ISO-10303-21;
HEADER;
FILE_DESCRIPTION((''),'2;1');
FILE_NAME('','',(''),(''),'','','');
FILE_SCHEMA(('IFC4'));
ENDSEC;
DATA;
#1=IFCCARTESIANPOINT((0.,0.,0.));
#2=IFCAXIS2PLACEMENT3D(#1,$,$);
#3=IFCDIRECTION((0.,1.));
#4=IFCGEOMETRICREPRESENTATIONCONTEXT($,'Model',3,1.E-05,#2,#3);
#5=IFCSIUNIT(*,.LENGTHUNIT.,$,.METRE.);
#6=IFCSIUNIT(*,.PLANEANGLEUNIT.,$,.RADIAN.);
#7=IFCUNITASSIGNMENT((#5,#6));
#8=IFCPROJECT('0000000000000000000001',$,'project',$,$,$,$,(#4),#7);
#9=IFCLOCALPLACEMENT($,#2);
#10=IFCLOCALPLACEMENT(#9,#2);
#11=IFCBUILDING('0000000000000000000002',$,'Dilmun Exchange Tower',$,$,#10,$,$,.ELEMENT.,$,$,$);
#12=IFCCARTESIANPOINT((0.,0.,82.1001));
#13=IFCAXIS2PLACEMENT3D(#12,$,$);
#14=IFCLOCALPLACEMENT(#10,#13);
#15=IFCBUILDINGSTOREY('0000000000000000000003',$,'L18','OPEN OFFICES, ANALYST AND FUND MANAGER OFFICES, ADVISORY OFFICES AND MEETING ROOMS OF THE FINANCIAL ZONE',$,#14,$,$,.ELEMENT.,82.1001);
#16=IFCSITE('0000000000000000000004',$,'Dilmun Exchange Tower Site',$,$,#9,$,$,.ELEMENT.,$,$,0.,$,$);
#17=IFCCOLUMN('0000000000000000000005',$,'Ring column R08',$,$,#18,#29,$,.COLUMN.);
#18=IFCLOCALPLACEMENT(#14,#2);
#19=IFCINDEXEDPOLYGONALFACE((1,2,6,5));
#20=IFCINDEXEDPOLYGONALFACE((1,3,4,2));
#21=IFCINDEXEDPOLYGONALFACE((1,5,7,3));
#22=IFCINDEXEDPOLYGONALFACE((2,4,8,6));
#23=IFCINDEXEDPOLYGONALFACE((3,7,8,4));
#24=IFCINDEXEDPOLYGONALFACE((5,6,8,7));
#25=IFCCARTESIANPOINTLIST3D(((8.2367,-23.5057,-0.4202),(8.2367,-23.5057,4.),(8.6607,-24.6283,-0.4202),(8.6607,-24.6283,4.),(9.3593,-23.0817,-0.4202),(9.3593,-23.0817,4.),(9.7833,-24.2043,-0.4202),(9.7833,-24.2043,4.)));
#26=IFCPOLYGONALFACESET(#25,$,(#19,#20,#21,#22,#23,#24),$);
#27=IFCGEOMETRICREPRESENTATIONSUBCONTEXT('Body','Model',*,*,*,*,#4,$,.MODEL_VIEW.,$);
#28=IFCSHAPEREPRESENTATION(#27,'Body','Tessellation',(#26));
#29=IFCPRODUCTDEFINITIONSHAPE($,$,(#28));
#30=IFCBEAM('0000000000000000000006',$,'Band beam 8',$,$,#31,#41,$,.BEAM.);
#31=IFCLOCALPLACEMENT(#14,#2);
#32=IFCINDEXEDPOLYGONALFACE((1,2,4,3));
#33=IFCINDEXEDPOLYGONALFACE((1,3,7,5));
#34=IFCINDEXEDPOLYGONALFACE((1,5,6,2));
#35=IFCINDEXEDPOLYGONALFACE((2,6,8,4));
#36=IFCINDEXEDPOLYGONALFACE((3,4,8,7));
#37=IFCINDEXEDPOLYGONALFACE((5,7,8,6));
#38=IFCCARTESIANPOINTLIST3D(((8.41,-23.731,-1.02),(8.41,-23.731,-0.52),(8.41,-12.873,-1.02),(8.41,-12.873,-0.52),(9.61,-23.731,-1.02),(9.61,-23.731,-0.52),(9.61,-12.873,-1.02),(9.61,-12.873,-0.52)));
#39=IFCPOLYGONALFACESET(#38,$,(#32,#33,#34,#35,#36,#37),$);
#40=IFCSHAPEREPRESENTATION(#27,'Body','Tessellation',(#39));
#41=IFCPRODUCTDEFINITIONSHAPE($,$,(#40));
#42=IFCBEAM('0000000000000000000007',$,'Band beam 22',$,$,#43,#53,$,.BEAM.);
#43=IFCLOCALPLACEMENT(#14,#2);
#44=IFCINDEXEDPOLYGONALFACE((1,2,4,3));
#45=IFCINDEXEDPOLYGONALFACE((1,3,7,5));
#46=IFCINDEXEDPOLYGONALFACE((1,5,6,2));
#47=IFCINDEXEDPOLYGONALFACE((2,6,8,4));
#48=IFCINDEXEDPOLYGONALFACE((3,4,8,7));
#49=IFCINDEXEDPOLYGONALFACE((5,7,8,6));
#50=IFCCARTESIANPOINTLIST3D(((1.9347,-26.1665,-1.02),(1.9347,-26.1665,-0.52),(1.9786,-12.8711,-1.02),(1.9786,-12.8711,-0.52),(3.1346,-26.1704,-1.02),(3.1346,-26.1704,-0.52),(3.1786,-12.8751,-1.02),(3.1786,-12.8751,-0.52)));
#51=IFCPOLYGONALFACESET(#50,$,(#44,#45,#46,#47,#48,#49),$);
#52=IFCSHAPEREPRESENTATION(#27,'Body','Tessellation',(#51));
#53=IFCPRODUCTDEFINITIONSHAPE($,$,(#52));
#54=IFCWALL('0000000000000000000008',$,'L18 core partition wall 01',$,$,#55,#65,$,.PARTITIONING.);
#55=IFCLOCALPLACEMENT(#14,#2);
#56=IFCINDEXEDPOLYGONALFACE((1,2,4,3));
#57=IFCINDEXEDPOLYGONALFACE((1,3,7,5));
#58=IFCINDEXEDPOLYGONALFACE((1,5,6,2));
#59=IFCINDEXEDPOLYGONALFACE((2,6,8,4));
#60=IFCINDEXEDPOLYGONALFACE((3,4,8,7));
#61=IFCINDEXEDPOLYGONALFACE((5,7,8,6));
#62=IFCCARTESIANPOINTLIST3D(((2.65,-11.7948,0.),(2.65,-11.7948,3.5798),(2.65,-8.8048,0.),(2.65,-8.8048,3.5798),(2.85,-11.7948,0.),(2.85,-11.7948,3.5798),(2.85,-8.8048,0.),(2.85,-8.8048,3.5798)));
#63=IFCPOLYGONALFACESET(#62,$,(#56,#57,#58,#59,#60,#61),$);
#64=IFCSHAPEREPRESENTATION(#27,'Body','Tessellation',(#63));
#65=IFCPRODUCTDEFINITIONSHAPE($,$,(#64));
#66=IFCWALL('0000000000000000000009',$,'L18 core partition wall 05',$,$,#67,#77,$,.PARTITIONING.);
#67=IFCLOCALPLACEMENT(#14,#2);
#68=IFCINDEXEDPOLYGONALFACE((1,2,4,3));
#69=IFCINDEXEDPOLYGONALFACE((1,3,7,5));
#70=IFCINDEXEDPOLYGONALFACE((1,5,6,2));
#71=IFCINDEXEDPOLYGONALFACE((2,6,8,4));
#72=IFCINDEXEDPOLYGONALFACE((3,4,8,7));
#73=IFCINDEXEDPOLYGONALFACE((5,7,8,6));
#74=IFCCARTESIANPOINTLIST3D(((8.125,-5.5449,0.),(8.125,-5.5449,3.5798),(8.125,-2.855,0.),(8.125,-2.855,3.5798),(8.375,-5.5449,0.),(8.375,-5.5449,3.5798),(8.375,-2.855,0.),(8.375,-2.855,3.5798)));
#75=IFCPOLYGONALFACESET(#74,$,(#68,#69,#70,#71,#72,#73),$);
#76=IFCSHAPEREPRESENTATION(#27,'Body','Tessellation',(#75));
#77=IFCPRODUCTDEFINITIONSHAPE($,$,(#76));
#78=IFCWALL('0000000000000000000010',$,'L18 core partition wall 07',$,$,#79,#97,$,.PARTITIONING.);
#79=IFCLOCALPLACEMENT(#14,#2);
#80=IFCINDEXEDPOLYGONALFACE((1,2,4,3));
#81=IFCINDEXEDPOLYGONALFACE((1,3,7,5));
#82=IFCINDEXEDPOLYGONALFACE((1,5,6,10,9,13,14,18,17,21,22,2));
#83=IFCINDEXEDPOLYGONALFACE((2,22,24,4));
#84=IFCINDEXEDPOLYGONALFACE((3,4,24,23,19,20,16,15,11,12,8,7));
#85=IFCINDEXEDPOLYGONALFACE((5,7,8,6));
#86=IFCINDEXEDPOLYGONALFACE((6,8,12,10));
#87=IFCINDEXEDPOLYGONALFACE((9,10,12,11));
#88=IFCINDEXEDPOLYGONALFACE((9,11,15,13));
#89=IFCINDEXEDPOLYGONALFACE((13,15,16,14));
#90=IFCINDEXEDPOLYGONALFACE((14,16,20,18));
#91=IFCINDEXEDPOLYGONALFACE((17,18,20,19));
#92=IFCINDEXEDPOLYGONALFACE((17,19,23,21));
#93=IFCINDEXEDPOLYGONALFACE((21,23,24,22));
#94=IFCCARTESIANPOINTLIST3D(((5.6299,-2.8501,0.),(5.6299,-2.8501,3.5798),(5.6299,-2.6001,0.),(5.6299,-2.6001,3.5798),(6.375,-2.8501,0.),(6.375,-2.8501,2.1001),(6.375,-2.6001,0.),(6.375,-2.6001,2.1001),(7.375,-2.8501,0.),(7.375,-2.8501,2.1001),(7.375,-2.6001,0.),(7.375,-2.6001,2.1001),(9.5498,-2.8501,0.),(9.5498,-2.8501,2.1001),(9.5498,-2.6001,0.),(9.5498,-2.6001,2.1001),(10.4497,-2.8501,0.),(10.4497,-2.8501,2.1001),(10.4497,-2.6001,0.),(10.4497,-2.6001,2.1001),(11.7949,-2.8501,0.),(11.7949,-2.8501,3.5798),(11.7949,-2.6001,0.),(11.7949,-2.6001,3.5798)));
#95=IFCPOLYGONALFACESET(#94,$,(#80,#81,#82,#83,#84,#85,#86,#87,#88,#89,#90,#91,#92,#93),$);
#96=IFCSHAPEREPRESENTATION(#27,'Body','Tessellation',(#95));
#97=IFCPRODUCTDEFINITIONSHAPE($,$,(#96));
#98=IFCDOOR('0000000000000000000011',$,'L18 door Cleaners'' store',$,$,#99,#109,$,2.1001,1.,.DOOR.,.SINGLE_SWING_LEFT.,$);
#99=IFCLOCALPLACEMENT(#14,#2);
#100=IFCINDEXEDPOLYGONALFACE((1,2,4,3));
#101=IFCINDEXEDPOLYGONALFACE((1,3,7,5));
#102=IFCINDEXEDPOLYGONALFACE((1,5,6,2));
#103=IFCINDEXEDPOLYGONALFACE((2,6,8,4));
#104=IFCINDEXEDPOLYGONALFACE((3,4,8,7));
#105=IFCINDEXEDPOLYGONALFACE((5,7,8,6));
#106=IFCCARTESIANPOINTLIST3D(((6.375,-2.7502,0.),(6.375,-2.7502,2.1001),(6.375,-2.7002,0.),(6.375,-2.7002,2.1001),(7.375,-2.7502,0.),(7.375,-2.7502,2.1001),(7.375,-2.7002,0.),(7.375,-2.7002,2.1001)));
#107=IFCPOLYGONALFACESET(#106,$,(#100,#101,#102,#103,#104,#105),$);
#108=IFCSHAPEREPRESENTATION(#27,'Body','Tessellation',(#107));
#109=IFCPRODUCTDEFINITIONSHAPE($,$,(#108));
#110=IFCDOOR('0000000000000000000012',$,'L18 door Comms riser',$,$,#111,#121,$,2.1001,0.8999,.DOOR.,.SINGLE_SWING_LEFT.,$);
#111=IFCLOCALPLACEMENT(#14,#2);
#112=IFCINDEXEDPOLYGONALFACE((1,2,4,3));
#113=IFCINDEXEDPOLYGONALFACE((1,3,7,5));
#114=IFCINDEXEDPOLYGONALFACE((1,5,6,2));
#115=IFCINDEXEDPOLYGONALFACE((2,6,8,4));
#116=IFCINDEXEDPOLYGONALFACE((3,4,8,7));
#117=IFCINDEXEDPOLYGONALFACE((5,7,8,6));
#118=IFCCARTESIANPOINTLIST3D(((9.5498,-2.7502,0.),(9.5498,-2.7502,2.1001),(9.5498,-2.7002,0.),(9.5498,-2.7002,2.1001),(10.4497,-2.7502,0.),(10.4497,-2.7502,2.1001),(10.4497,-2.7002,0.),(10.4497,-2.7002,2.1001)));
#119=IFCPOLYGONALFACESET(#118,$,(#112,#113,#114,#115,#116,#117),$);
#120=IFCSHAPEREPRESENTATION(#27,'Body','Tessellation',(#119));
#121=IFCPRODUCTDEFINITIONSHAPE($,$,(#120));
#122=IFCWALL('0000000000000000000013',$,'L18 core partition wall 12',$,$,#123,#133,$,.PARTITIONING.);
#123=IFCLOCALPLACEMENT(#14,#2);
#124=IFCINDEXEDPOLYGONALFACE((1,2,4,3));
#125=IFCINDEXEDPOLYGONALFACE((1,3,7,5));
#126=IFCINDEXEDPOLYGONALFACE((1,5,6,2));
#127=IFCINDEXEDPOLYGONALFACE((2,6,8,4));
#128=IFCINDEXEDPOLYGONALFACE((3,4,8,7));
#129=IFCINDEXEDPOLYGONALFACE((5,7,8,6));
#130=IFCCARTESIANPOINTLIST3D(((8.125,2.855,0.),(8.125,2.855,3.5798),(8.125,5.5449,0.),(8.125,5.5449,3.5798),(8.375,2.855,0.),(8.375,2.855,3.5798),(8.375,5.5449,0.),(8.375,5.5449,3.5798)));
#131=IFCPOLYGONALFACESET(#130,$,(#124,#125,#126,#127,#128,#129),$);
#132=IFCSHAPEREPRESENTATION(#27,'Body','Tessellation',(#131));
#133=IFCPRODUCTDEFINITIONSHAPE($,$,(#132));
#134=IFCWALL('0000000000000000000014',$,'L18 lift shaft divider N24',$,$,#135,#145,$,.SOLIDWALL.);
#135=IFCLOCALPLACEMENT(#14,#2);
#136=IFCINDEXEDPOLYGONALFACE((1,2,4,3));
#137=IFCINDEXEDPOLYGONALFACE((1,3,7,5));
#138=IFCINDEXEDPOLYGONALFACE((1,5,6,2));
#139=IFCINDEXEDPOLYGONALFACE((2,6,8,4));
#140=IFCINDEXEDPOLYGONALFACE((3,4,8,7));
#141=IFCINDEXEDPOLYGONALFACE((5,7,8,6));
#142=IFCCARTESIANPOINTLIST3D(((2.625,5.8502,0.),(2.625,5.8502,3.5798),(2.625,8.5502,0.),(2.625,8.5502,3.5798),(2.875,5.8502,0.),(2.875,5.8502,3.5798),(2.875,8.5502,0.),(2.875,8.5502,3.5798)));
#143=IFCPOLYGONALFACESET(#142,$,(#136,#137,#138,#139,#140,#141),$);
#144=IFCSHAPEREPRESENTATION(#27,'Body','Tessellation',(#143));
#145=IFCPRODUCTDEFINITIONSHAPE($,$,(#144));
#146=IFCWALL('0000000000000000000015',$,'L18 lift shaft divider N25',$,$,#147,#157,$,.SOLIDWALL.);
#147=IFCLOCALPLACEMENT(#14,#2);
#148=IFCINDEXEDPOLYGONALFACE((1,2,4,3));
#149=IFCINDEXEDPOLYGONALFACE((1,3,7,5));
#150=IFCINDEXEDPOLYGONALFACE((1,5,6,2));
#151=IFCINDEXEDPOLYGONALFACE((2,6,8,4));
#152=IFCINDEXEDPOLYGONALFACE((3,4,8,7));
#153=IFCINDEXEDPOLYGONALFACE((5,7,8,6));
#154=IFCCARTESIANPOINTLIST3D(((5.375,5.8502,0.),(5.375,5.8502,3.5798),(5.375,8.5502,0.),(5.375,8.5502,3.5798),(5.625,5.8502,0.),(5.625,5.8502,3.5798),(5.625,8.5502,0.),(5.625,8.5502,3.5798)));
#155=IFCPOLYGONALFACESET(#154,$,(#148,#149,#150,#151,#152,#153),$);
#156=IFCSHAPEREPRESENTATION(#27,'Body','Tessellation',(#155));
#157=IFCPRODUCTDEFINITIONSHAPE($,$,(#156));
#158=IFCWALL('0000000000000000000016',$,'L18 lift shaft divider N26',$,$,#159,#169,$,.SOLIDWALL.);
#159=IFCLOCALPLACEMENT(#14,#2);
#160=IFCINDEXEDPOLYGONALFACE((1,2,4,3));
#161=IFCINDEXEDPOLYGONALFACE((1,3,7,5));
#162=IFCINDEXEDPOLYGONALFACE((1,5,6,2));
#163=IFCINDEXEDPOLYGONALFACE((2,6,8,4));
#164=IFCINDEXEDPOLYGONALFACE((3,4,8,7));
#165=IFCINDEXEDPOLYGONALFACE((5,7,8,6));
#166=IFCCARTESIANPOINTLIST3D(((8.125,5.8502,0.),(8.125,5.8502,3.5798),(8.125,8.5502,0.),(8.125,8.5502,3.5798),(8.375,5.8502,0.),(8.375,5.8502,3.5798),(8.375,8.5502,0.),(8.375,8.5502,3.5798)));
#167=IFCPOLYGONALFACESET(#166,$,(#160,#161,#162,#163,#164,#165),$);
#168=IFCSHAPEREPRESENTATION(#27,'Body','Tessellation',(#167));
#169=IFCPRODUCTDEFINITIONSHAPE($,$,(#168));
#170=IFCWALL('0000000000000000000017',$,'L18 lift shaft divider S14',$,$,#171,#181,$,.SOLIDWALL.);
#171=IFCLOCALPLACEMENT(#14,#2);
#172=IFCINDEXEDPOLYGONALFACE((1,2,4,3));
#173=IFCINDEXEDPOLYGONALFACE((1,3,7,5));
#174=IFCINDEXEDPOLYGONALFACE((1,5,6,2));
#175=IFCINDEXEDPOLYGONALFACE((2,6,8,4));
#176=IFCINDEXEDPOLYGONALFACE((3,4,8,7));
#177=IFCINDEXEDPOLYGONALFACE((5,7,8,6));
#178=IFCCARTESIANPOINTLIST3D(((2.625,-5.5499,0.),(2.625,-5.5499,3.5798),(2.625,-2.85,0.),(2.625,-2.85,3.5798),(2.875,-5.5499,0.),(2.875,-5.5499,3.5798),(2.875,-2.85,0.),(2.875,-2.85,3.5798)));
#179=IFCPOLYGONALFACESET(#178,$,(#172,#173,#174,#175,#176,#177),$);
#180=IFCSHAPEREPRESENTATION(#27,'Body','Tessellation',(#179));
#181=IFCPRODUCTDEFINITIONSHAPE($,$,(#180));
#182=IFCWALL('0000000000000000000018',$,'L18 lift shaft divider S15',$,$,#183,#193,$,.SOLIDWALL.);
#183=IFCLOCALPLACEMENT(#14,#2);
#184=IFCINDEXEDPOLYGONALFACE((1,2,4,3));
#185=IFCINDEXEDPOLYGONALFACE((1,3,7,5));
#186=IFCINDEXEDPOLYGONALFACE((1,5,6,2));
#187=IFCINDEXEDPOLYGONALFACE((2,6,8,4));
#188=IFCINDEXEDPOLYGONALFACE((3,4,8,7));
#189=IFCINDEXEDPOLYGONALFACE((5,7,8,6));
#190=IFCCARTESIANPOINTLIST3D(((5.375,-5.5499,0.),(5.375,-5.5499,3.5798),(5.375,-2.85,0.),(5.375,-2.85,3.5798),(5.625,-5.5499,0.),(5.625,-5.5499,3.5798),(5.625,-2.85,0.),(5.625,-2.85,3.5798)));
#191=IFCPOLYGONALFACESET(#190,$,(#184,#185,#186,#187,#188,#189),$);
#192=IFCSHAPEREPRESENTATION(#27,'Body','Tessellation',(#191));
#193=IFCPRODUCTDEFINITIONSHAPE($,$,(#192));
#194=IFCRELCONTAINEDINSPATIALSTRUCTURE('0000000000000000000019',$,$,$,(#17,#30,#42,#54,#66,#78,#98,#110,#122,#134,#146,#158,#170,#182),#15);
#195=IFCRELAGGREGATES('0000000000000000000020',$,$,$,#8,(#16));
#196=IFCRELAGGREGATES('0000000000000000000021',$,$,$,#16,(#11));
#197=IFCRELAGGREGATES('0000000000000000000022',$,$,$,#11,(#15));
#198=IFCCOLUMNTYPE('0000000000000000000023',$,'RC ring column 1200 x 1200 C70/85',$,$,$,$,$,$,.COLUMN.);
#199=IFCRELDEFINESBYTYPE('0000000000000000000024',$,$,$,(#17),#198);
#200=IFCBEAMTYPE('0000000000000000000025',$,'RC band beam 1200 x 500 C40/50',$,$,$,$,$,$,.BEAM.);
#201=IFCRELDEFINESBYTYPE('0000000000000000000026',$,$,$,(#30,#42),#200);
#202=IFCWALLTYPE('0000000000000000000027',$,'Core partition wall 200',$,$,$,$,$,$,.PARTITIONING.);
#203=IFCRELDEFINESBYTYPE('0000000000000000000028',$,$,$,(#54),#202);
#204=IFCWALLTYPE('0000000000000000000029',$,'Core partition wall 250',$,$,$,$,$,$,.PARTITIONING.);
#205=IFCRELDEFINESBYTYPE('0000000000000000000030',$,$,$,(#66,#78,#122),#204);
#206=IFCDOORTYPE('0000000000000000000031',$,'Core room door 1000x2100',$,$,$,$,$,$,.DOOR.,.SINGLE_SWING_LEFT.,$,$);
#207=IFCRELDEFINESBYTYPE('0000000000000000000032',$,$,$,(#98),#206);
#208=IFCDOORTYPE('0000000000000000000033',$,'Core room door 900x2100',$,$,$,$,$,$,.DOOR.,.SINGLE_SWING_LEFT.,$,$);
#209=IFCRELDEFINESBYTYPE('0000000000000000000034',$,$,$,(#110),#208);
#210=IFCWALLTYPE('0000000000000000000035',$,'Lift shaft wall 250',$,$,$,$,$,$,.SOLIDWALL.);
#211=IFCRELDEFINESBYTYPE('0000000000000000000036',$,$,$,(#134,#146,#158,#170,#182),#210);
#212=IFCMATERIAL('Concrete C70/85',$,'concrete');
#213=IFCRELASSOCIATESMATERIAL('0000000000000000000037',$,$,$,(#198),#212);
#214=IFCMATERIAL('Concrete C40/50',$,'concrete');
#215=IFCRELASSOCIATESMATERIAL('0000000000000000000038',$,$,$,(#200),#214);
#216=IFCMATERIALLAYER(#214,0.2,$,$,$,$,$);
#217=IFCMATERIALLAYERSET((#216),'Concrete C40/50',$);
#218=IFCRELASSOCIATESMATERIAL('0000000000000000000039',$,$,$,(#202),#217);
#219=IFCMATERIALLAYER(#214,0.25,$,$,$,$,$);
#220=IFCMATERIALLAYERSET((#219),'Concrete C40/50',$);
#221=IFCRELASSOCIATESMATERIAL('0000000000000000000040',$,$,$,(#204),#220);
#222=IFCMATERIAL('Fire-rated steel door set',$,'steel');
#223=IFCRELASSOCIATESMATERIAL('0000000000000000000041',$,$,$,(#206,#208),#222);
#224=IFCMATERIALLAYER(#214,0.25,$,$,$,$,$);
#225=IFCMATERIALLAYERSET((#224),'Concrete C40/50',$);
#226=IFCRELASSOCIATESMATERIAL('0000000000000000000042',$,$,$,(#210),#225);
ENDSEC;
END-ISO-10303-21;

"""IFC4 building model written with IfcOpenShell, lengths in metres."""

from ifc_helpers import new_model, si_unit, direction, frame, frame_2d, origin, origin_2d, place, context, subcontext, project, spatial, rectangle, extrude, material, layer, layer_set, material_profile, profile_set, type_object, element, fill, save


model = new_model("IFC4")

# Units and contexts
model_context = context("Model", 3, precision=1e-05, world=origin(), true_north=direction((0.0, 1.0)))
body_context = subcontext(model_context, "Body", "Model", "MODEL_VIEW")
ifc_project = project(units=[si_unit("LENGTHUNIT", "METRE"), si_unit("PLANEANGLEUNIT", "RADIAN")], contexts=[model_context])

# Site, building, storey
site_placement = place(None, origin())
site = spatial("IfcSite", under=ifc_project, at=site_placement, Name="Dilmun Exchange Tower Site", CompositionType="ELEMENT", RefElevation=0.0)
building_placement = place(site_placement, origin())
building = spatial("IfcBuilding", under=site, at=building_placement, Name="Dilmun Exchange Tower", CompositionType="ELEMENT")
storey_placement = place(building_placement, frame((0.0, 0.0, 82.1001)))
storey = spatial("IfcBuildingStorey", under=building, at=storey_placement, Name="L18", Description="OPEN OFFICES, ANALYST AND FUND MANAGER OFFICES, ADVISORY OFFICES AND MEETING ROOMS OF THE FINANCIAL ZONE", CompositionType="ELEMENT", Elevation=82.1001)

# Column
ifc_material_1 = material(Name="Concrete C70/85", Category="concrete")
ifc_material_profile_1 = material_profile(ifc_material_1, rectangle(XDim=1.2, YDim=1.2, at=origin_2d()), Name="1200 x 1200")
ifc_profile_set_1 = profile_set([ifc_material_profile_1], Name="Concrete C70/85")
column_type = type_object("IfcColumnType", Name="RC ring column 1200 x 1200 C70/85", PredefinedType="COLUMN", material=ifc_profile_set_1)
column_placement = place(storey_placement, frame((9.01, -23.855, -0.4202), z_axis=(0.0, 0.0, 1.0), x_axis=(0.935492, 0.353349, 0.0)))
element("IfcColumn", 1, at=column_placement, inside=storey, type_object=column_type, Name="Ring column R08", PredefinedType="COLUMN", context=body_context, shape_type="SweptSolid", body=[
    extrude(rectangle(XDim=1.2, YDim=1.2, at=origin_2d()), origin(), (0.0, 0.0, 1.0), 4.4202),
])

# Beams
ifc_material_2 = material(Name="Concrete C40/50", Category="concrete")
ifc_material_profile_2 = material_profile(ifc_material_2, rectangle(XDim=1.2, YDim=0.5, at=origin_2d()), Name="1200 x 500")
ifc_profile_set_2 = profile_set([ifc_material_profile_2], Name="Concrete C40/50")
beam_type = type_object("IfcBeamType", Name="RC band beam 1200 x 500 C40/50", PredefinedType="BEAM", material=ifc_profile_set_2)
beam_1_placement = place(storey_placement, frame((9.01, -23.731, -0.77), z_axis=(0.0, 1.0, 0.0), x_axis=(-1.0, 0.0, 0.0)))
element("IfcBeam", 2, at=beam_1_placement, inside=storey, type_object=beam_type, Name="Band beam 8", PredefinedType="BEAM", context=body_context, shape_type="SweptSolid", body=[
    extrude(rectangle(XDim=1.2, YDim=0.5, at=origin_2d()), origin(), (0.0, 0.0, 1.0), 10.8579),
])
beam_2_placement = place(storey_placement, frame((2.5347, -26.1685, -0.77), z_axis=(0.003305, 0.999995, 0.0), x_axis=(-0.999995, 0.003305, 0.0)))
element("IfcBeam", 3, at=beam_2_placement, inside=storey, type_object=beam_type, Name="Band beam 22", PredefinedType="BEAM", context=body_context, shape_type="SweptSolid", body=[
    extrude(rectangle(XDim=1.2, YDim=0.5, at=origin_2d()), origin(), (0.0, 0.0, 1.0), 13.2954),
])

# Walls
ifc_layer_1 = layer(ifc_material_2, 0.2)
ifc_layer_set_1 = layer_set([ifc_layer_1], Name="Concrete C40/50")
wall_type_1 = type_object("IfcWallType", Name="Core partition wall 200", PredefinedType="PARTITIONING", material=ifc_layer_set_1)
wall_1_placement = place(storey_placement, frame((2.75, -11.7949, 0.0), z_axis=(0.0, 0.0, 1.0), x_axis=(0.0, 1.0, 0.0)))
element("IfcWall", 4, at=wall_1_placement, inside=storey, type_object=wall_type_1, Name="L18 core partition wall 01", PredefinedType="PARTITIONING", context=body_context, shape_type="SweptSolid", body=[
    extrude(rectangle(XDim=2.99, YDim=0.2, at=frame_2d((1.4951, 0.0))), origin(), (0.0, 0.0, 1.0), 3.5798),
])
ifc_layer_2 = layer(ifc_material_2, 0.25)
ifc_layer_set_2 = layer_set([ifc_layer_2], Name="Concrete C40/50")
wall_type_2 = type_object("IfcWallType", Name="Core partition wall 250", PredefinedType="PARTITIONING", material=ifc_layer_set_2)
wall_2_placement = place(storey_placement, frame((8.25, -5.5449, 0.0), z_axis=(0.0, 0.0, 1.0), x_axis=(0.0, 1.0, 0.0)))
element("IfcWall", 5, at=wall_2_placement, inside=storey, type_object=wall_type_2, Name="L18 core partition wall 05", PredefinedType="PARTITIONING", context=body_context, shape_type="SweptSolid", body=[
    extrude(rectangle(XDim=2.6899, YDim=0.25, at=frame_2d((1.345, 0.0))), origin(), (0.0, 0.0, 1.0), 3.5798),
])

# Wall, openings, doors
wall_3_placement = place(storey_placement, frame((5.6299, -2.7251, 0.0), z_axis=(0.0, 0.0, 1.0), x_axis=(1.0, 0.0, 0.0)))
wall_3 = element("IfcWall", 6, at=wall_3_placement, inside=storey, type_object=wall_type_2, Name="L18 core partition wall 07", PredefinedType="PARTITIONING", context=body_context, shape_type="SweptSolid", body=[
    extrude(rectangle(XDim=6.165, YDim=0.25, at=frame_2d((3.0825, 0.0))), origin(), (0.0, 0.0, 1.0), 3.5798),
])
opening_1_placement = place(wall_3_placement, frame((0.7451, 0.0, 0.0)))
opening_1 = element("IfcOpeningElement", 7, at=opening_1_placement, cuts=wall_3, PredefinedType="OPENING", context=body_context, shape_type="SweptSolid", body=[
    extrude(rectangle(XDim=1.0, YDim=2.1001, at=frame_2d((0.5, 1.05))), frame((0.0, 0.135, 0.0), z_axis=(0.0, -1.0, 0.0), x_axis=(1.0, 0.0, 0.0)), (0.0, 0.0, 1.0), 0.27),
])
opening_2_placement = place(wall_3_placement, frame((3.9199, 0.0, 0.0)))
opening_2 = element("IfcOpeningElement", 8, at=opening_2_placement, cuts=wall_3, PredefinedType="OPENING", context=body_context, shape_type="SweptSolid", body=[
    extrude(rectangle(XDim=0.8999, YDim=2.1001, at=frame_2d((0.45, 1.05))), frame((0.0, 0.135, 0.0), z_axis=(0.0, -1.0, 0.0), x_axis=(1.0, 0.0, 0.0)), (0.0, 0.0, 1.0), 0.27),
])
ifc_material_3 = material(Name="Fire-rated steel door set", Category="steel")
door_type_1 = type_object("IfcDoorType", Name="Core room door 1000x2100", OperationType="SINGLE_SWING_LEFT", PredefinedType="DOOR", material=ifc_material_3)
door_1_placement = place(opening_1_placement, origin())
door_1 = element("IfcDoor", 9, at=door_1_placement, inside=storey, type_object=door_type_1, Name="L18 door Cleaners' store", OperationType="SINGLE_SWING_LEFT", OverallHeight=2.1001, OverallWidth=1.0, PredefinedType="DOOR", context=body_context, shape_type="SweptSolid", body=[
    extrude(rectangle(XDim=1.0, YDim=2.1001, at=frame_2d((0.5, 1.05))), frame((0.0, 0.0249, 0.0), z_axis=(0.0, -1.0, 0.0), x_axis=(1.0, 0.0, 0.0)), (0.0, 0.0, 1.0), 0.05),
])
fill(opening_1, door_1)
door_type_2 = type_object("IfcDoorType", Name="Core room door 900x2100", OperationType="SINGLE_SWING_LEFT", PredefinedType="DOOR", material=ifc_material_3)
door_2_placement = place(opening_2_placement, origin())
door_2 = element("IfcDoor", 10, at=door_2_placement, inside=storey, type_object=door_type_2, Name="L18 door Comms riser", OperationType="SINGLE_SWING_LEFT", OverallHeight=2.1001, OverallWidth=0.8999, PredefinedType="DOOR", context=body_context, shape_type="SweptSolid", body=[
    extrude(rectangle(XDim=0.8999, YDim=2.1001, at=frame_2d((0.45, 1.05))), frame((0.0, 0.0249, 0.0), z_axis=(0.0, -1.0, 0.0), x_axis=(1.0, 0.0, 0.0)), (0.0, 0.0, 1.0), 0.05),
])
fill(opening_2, door_2)

# Walls
wall_4_placement = place(storey_placement, frame((8.25, 2.855, 0.0), z_axis=(0.0, 0.0, 1.0), x_axis=(0.0, 1.0, 0.0)))
element("IfcWall", 11, at=wall_4_placement, inside=storey, type_object=wall_type_2, Name="L18 core partition wall 12", PredefinedType="PARTITIONING", context=body_context, shape_type="SweptSolid", body=[
    extrude(rectangle(XDim=2.6899, YDim=0.25, at=frame_2d((1.345, 0.0))), origin(), (0.0, 0.0, 1.0), 3.5798),
])
ifc_layer_3 = layer(ifc_material_2, 0.25)
ifc_layer_set_3 = layer_set([ifc_layer_3], Name="Concrete C40/50")
wall_type_3 = type_object("IfcWallType", Name="Lift shaft wall 250", PredefinedType="SOLIDWALL", material=ifc_layer_set_3)
for number, where, z_axis, x_axis, name in (
    (12, (2.75, 5.8501, 0.0), (0.0, 0.0, 1.0), (0.0, 1.0, 0.0), "L18 lift shaft divider N24"),
    (13, (5.5, 5.8501, 0.0), (0.0, 0.0, 1.0), (0.0, 1.0, 0.0), "L18 lift shaft divider N25"),
    (14, (8.25, 5.8501, 0.0), (0.0, 0.0, 1.0), (0.0, 1.0, 0.0), "L18 lift shaft divider N26"),
    (15, (2.75, -5.55, 0.0), (0.0, 0.0, 1.0), (0.0, 1.0, 0.0), "L18 lift shaft divider S14"),
    (16, (5.5, -5.55, 0.0), (0.0, 0.0, 1.0), (0.0, 1.0, 0.0), "L18 lift shaft divider S15"),
):
    element("IfcWall", number, at=place(storey_placement, frame(where, z_axis=z_axis, x_axis=x_axis)), inside=storey, type_object=wall_type_3, Name=name, PredefinedType="SOLIDWALL", context=body_context, shape_type="SweptSolid", body=[
        extrude(rectangle(XDim=2.7, YDim=0.25, at=frame_2d((1.3501, 0.0))), origin(), (0.0, 0.0, 1.0), 3.5798),
    ])

save(model, "model.ifc")
